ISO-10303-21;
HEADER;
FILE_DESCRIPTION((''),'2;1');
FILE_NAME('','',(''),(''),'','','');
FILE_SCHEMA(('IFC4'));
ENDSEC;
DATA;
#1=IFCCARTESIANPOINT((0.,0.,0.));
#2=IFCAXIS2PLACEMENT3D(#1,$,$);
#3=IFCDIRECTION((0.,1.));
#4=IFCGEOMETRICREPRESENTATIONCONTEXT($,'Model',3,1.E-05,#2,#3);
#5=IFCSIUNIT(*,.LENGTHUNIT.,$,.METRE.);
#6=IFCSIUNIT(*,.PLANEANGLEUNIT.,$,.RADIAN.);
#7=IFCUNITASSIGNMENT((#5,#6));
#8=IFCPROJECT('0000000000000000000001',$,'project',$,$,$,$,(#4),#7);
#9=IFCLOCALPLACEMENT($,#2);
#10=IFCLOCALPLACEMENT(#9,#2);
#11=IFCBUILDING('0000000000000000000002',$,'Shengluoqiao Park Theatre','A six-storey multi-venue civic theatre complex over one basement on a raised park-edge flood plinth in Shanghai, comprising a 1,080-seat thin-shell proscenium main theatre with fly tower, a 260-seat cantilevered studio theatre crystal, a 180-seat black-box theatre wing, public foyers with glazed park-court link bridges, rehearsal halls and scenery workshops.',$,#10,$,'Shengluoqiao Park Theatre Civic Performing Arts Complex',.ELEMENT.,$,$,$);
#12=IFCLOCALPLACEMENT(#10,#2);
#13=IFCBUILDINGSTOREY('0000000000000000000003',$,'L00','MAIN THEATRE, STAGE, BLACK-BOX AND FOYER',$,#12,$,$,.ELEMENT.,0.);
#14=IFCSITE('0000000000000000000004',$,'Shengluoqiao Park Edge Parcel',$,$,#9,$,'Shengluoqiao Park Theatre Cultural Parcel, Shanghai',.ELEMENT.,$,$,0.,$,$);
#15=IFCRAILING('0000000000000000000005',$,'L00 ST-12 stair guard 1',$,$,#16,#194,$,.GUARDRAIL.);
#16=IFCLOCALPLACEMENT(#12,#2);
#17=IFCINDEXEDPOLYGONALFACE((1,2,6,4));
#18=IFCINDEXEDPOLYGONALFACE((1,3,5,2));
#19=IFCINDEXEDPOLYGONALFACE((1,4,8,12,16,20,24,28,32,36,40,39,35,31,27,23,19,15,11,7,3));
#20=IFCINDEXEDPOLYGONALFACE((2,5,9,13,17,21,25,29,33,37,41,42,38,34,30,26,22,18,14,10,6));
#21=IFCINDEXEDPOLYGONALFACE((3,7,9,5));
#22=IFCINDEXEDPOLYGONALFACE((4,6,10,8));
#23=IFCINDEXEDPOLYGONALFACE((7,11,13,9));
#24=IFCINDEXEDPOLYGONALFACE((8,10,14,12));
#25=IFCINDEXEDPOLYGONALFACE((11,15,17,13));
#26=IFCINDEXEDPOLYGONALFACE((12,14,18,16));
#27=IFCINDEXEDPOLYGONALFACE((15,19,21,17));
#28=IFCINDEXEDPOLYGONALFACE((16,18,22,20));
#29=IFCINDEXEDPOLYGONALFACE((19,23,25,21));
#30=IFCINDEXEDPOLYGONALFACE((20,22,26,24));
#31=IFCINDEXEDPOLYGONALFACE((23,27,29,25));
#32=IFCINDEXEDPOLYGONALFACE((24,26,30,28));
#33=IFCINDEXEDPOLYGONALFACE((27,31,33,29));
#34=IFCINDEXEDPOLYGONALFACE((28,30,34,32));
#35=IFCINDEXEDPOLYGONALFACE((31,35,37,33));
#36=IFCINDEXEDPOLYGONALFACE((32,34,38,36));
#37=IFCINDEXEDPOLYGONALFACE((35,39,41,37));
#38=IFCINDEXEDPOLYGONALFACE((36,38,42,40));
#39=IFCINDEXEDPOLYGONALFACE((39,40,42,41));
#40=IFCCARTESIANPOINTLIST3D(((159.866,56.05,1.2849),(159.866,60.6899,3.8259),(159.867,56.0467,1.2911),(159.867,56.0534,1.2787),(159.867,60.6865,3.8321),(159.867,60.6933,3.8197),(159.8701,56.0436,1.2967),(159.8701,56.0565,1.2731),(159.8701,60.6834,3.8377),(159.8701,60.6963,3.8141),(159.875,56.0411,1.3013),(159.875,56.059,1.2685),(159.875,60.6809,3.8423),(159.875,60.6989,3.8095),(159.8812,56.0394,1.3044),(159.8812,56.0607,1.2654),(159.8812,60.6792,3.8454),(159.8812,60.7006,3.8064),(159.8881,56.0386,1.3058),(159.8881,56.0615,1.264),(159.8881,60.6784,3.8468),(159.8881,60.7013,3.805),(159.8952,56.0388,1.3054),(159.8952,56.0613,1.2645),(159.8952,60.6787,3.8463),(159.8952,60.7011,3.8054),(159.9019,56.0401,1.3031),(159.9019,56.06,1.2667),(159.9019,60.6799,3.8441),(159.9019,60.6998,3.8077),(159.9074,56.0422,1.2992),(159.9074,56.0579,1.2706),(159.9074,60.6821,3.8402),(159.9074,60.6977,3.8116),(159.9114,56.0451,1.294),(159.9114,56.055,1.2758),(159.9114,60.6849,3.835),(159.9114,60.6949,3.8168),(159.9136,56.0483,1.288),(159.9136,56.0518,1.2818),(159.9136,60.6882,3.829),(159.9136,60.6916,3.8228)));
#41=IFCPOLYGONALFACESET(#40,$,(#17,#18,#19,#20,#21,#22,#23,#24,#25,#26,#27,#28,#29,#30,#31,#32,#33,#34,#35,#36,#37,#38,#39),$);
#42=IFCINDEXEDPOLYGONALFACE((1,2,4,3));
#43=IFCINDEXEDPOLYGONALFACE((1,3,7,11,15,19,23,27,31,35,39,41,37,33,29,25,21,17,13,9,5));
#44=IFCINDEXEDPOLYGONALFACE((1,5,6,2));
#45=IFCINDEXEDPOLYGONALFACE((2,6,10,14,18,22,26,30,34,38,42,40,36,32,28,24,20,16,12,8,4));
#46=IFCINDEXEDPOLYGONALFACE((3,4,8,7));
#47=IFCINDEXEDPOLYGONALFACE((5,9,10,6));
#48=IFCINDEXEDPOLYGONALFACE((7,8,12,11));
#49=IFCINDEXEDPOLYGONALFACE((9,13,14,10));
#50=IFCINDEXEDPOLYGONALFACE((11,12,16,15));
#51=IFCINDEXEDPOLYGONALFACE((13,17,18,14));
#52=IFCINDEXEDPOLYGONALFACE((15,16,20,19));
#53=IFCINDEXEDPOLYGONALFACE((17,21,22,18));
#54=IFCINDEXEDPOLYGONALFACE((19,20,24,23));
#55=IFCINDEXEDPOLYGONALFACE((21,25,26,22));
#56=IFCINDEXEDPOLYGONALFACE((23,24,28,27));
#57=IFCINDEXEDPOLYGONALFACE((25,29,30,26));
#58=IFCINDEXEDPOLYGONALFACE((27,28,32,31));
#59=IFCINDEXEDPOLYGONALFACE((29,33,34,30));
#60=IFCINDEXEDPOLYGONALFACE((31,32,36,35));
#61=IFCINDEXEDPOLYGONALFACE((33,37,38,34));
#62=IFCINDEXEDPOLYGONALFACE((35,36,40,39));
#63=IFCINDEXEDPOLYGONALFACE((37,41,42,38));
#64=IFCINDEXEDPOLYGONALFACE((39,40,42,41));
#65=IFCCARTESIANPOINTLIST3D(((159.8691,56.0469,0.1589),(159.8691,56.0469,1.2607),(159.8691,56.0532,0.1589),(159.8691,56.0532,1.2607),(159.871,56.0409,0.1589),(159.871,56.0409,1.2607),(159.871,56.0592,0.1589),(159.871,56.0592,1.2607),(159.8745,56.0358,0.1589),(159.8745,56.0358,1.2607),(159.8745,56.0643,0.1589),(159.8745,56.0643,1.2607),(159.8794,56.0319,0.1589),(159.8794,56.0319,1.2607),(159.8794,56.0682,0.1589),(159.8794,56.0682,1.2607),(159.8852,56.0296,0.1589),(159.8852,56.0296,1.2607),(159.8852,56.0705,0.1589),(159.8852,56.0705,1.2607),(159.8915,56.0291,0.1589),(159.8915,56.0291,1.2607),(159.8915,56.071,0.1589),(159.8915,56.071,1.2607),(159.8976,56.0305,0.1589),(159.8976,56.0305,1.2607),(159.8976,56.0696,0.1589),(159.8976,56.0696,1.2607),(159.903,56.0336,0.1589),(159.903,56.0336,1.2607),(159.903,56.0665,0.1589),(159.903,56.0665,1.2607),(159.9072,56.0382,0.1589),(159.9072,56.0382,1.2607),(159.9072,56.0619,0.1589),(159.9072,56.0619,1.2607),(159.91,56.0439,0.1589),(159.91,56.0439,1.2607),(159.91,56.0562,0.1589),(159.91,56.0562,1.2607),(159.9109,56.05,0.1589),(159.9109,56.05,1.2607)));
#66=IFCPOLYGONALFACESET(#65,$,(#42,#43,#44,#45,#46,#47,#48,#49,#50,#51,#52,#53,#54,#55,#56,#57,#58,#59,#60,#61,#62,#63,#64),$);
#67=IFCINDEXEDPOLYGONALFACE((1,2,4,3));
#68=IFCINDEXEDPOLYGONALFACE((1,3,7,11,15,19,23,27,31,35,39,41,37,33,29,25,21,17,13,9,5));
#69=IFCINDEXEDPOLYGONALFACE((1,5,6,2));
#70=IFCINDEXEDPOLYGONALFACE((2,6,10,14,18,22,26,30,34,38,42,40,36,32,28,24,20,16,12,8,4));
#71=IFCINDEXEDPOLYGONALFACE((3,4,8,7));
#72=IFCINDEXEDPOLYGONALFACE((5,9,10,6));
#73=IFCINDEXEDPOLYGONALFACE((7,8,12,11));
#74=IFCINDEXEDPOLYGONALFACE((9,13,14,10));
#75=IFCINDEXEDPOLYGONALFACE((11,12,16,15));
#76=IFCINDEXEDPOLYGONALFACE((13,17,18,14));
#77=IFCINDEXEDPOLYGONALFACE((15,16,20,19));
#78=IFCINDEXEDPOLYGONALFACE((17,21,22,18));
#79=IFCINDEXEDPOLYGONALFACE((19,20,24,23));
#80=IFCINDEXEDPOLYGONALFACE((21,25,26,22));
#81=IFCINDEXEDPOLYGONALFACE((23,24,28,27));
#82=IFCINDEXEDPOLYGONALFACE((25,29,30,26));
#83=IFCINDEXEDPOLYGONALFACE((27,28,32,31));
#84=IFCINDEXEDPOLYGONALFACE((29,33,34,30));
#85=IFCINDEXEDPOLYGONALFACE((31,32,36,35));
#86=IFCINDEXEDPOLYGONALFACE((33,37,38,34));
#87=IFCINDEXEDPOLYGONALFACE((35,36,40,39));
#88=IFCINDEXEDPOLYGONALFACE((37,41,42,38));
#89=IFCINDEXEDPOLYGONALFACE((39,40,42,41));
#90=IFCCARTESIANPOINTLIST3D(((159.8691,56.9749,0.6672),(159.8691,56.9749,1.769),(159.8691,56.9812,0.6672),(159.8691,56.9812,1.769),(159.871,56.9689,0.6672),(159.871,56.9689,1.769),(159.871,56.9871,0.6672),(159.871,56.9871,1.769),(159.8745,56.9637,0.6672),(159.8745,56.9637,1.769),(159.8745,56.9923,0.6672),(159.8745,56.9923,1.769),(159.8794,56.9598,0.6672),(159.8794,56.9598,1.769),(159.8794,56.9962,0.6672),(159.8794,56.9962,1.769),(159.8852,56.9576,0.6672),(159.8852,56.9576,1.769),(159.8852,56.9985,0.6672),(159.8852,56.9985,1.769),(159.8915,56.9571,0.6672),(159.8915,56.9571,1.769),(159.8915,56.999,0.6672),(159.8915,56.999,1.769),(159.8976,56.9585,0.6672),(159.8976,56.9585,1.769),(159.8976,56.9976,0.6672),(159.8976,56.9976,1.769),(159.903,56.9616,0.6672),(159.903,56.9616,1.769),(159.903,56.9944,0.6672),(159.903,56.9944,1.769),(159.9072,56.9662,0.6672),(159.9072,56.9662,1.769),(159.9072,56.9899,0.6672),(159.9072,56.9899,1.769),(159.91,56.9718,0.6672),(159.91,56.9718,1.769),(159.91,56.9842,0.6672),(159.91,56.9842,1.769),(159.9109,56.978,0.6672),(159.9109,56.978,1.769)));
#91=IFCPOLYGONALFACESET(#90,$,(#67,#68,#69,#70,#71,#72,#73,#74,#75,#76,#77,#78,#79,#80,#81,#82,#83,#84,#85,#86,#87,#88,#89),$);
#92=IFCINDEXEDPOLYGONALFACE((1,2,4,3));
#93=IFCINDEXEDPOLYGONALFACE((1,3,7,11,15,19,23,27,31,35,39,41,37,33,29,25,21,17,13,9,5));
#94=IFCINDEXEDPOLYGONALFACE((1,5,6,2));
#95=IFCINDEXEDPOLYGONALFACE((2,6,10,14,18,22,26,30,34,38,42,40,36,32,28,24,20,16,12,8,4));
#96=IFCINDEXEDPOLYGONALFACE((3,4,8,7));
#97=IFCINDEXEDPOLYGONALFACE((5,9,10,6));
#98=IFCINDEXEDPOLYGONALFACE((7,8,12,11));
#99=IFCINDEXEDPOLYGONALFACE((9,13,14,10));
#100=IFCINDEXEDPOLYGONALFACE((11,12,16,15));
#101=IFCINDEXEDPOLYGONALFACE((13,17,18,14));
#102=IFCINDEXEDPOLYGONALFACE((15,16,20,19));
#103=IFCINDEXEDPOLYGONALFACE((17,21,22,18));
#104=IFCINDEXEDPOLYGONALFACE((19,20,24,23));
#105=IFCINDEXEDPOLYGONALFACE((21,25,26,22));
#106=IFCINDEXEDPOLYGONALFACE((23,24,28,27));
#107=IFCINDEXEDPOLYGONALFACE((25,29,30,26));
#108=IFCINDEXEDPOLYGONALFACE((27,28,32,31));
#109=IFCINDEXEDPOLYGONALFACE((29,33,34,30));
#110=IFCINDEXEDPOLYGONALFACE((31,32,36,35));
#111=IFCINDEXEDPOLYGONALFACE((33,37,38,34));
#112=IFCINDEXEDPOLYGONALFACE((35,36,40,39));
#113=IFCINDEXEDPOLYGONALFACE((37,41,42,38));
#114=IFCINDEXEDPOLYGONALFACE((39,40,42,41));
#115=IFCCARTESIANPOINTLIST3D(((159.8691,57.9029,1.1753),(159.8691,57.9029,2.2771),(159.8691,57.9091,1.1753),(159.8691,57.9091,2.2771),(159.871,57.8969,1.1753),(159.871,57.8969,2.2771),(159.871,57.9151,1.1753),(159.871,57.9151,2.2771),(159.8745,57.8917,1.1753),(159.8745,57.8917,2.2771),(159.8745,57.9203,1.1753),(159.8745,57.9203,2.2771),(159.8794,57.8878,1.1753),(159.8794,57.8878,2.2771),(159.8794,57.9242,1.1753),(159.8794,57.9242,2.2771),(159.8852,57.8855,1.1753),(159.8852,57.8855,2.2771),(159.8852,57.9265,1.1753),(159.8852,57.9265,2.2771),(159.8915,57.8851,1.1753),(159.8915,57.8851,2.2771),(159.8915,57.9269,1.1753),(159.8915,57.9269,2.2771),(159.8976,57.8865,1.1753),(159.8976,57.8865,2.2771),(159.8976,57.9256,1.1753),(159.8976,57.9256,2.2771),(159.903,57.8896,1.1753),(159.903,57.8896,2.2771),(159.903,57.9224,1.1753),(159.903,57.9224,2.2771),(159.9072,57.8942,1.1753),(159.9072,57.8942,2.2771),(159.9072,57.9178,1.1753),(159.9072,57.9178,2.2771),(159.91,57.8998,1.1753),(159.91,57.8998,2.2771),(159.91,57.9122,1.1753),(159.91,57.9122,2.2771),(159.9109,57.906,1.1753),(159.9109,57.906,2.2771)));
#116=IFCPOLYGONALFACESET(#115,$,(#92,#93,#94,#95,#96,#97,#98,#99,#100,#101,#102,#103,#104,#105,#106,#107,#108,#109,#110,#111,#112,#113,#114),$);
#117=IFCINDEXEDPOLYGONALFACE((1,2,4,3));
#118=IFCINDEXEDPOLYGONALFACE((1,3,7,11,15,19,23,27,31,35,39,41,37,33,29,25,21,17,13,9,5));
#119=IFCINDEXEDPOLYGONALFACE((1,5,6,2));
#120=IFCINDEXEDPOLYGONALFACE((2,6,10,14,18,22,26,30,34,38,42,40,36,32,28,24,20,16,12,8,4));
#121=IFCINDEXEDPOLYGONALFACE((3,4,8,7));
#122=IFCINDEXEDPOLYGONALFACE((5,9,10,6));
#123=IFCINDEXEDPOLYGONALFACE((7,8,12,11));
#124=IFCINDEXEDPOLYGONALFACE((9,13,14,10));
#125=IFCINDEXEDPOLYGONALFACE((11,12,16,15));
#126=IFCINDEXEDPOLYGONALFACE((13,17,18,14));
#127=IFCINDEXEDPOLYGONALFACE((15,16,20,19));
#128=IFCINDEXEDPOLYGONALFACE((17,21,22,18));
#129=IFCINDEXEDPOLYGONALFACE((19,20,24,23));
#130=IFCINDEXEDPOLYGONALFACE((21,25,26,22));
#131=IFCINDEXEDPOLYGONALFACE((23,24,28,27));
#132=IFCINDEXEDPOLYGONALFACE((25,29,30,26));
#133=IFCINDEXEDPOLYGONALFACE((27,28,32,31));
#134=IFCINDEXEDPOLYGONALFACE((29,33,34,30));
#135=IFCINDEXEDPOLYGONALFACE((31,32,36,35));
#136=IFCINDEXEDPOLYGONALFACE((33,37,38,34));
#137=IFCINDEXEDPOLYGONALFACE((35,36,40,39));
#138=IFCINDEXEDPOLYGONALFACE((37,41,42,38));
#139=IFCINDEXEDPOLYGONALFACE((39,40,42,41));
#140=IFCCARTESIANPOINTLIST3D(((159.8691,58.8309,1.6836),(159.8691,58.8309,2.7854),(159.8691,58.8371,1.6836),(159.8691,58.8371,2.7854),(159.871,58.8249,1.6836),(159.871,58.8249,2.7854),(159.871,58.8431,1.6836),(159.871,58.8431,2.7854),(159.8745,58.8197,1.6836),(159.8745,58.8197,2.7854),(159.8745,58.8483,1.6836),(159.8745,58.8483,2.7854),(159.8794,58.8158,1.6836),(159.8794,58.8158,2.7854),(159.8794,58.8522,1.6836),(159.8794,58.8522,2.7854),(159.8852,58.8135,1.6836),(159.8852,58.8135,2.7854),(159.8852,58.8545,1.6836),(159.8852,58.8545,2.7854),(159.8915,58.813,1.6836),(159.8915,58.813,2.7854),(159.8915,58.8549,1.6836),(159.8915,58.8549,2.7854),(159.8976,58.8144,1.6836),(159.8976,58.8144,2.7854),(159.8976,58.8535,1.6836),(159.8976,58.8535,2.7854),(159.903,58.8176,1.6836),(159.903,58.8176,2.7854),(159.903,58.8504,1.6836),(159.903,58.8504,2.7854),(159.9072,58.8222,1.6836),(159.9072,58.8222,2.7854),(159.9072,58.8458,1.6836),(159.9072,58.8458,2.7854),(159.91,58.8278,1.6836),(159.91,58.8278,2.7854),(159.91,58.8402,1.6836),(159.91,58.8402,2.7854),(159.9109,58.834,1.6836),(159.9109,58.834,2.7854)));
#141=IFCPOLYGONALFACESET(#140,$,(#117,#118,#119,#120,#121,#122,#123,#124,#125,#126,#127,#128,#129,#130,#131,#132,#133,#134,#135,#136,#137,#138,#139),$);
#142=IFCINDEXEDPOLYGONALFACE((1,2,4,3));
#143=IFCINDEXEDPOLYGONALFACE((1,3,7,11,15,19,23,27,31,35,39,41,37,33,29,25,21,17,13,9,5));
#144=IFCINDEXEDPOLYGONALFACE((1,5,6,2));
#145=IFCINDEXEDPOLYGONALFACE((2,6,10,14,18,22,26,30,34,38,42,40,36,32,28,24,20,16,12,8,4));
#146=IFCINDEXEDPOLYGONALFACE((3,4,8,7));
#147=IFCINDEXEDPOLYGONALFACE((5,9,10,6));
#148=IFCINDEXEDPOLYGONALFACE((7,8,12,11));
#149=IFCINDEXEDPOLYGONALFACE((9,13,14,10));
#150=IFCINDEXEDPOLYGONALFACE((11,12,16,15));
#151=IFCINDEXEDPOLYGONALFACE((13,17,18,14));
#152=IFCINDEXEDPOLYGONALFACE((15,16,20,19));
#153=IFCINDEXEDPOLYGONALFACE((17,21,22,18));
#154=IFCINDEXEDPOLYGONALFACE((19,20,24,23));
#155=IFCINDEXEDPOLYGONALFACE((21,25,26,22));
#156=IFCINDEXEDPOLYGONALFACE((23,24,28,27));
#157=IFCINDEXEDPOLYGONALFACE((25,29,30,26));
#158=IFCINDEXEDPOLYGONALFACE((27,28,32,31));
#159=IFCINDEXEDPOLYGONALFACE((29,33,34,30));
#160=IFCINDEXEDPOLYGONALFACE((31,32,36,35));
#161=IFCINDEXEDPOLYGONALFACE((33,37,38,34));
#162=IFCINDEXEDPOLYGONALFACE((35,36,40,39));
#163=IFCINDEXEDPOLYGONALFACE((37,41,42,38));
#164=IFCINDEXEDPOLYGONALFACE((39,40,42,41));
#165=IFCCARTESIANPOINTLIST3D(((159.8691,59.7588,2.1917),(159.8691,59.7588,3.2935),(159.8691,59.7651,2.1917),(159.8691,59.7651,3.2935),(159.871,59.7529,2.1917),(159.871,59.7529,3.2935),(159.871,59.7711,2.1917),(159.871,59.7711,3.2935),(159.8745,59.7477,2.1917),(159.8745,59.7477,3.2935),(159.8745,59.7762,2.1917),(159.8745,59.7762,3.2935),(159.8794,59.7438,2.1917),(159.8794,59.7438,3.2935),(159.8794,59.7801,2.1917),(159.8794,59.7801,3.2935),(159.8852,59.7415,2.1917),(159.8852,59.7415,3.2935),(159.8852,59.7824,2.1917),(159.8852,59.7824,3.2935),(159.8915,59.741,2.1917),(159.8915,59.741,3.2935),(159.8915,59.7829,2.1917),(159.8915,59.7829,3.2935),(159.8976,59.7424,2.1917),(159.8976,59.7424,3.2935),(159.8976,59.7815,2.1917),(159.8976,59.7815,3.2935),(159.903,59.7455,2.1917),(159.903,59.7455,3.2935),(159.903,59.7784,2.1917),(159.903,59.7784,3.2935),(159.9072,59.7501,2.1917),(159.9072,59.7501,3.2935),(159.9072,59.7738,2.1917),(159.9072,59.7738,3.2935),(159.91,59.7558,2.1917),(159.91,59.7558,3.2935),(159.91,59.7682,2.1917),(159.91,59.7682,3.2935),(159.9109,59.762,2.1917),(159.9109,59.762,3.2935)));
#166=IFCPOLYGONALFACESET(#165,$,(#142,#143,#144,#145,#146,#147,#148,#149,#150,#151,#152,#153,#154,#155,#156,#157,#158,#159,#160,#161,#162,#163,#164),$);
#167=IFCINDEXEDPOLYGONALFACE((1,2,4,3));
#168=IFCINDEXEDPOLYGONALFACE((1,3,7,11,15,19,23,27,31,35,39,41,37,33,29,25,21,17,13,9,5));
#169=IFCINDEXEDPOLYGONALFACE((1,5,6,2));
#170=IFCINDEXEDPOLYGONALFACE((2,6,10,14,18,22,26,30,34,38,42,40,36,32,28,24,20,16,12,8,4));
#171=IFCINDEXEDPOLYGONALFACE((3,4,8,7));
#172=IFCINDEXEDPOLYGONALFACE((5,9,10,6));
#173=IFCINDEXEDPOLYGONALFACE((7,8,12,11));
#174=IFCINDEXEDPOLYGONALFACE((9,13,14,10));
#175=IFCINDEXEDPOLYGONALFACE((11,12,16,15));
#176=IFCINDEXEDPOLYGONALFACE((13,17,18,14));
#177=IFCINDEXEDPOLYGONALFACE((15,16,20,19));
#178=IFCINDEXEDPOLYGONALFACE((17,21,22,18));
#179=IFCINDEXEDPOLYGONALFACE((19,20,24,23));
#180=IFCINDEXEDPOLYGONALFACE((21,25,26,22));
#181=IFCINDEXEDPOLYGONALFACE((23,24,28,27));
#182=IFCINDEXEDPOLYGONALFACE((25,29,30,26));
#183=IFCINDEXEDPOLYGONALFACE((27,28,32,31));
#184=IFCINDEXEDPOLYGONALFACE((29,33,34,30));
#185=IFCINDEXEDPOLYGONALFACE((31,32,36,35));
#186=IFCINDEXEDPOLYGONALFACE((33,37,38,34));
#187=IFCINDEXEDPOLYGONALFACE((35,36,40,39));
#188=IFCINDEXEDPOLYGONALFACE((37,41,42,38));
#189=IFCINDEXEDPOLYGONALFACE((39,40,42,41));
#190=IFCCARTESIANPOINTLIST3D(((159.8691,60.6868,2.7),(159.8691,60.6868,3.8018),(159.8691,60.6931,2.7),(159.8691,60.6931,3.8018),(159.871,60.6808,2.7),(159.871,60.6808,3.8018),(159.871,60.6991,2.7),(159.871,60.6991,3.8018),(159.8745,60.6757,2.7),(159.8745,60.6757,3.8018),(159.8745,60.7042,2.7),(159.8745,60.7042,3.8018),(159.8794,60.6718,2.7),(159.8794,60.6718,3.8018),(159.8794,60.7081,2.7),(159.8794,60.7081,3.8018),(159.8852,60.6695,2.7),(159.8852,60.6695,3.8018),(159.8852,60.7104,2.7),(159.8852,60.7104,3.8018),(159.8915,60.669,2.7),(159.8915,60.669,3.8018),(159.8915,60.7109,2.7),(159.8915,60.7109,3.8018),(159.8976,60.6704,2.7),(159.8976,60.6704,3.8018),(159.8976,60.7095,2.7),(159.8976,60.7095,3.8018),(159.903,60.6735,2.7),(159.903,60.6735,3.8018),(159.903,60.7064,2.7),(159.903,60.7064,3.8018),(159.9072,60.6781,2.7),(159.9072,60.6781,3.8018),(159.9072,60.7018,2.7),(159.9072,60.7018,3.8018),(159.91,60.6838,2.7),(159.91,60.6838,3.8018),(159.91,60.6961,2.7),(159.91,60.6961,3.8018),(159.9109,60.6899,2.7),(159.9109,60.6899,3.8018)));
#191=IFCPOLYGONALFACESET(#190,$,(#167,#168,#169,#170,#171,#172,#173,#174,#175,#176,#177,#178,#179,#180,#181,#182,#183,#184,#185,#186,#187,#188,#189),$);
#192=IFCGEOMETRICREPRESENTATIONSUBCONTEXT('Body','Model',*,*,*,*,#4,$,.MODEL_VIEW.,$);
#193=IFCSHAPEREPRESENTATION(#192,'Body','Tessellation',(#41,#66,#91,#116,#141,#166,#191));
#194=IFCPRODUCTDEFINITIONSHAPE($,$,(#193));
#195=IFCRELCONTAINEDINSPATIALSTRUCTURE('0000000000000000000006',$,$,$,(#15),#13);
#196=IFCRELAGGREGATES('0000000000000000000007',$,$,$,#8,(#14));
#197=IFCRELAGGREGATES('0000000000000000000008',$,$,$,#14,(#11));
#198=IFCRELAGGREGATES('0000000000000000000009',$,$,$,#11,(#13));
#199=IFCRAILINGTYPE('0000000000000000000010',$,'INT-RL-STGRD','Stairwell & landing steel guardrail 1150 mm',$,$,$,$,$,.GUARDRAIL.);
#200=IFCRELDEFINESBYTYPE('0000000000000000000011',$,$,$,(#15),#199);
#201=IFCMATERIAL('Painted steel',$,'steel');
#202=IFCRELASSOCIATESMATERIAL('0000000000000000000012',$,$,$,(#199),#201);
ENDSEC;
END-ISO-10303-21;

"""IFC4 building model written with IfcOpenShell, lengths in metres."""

from ifc_helpers import new_model, si_unit, direction, frame, origin, origin_2d, place, context, subcontext, project, spatial, circle, extrude, material, type_object, element, save


model = new_model("IFC4")

# Units and contexts
model_context = context("Model", 3, precision=1e-05, world=origin(), true_north=direction((0.0, 1.0)))
body_context = subcontext(model_context, "Body", "Model", "MODEL_VIEW")
ifc_project = project(units=[si_unit("LENGTHUNIT", "METRE"), si_unit("PLANEANGLEUNIT", "RADIAN")], contexts=[model_context])

# Site, building, storey
site_placement = place(None, origin())
site = spatial("IfcSite", under=ifc_project, at=site_placement, Name="Shengluoqiao Park Edge Parcel", LongName="Shengluoqiao Park Theatre Cultural Parcel, Shanghai", CompositionType="ELEMENT", RefElevation=0.0)
building_placement = place(site_placement, origin())
building = spatial("IfcBuilding", under=site, at=building_placement, Name="Shengluoqiao Park Theatre", Description="A six-storey multi-venue civic theatre complex over one basement on a raised park-edge flood plinth in Shanghai, comprising a 1,080-seat thin-shell proscenium main theatre with fly tower, a 260-seat cantilevered studio theatre crystal, a 180-seat black-box theatre wing, public foyers with glazed park-court link bridges, rehearsal halls and scenery workshops.", LongName="Shengluoqiao Park Theatre Civic Performing Arts Complex", CompositionType="ELEMENT")
storey_placement = place(building_placement, origin())
storey = spatial("IfcBuildingStorey", under=building, at=storey_placement, Name="L00", Description="MAIN THEATRE, STAGE, BLACK-BOX AND FOYER", CompositionType="ELEMENT", Elevation=0.0)

# Railing
ifc_material_1 = material(Name="Painted steel", Category="steel")
railing_type_1 = type_object("IfcRailingType", Name="INT-RL-STGRD", Description="Stairwell & landing steel guardrail 1150 mm", PredefinedType="GUARDRAIL", material=ifc_material_1)
railing_1_placement = place(storey_placement, frame((159.8899, 56.05, 0.1589)))
element("IfcRailing", 1, at=railing_1_placement, inside=storey, type_object=railing_type_1, Name="L00 ST-12 stair guard 1", PredefinedType="GUARDRAIL", context=body_context, shape_type="SweptSolid", body=[
    extrude(circle(Radius=0.0239, at=origin_2d()), frame((0.0, 0.0, 1.126), z_axis=(0.0, 0.877087, 0.480332), x_axis=(-1.0, 0.0, 0.0)), (0.0, 0.0, 1.0), 5.29),
    extrude(circle(Radius=0.021, at=origin_2d()), origin(), (0.0, 0.0, 1.0), 1.1018),
    extrude(circle(Radius=0.021, at=origin_2d()), frame((0.0, 0.928, 0.5083)), (0.0, 0.0, 1.0), 1.1018),
    extrude(circle(Radius=0.021, at=origin_2d()), frame((0.0, 1.856, 1.0164)), (0.0, 0.0, 1.0), 1.1018),
    extrude(circle(Radius=0.021, at=origin_2d()), frame((0.0, 2.7839, 1.5247)), (0.0, 0.0, 1.0), 1.1018),
    extrude(circle(Radius=0.021, at=origin_2d()), frame((0.0, 3.7119, 2.0327)), (0.0, 0.0, 1.0), 1.1018),
    extrude(circle(Radius=0.021, at=origin_2d()), frame((0.0, 4.6399, 2.541)), (0.0, 0.0, 1.0), 1.1018),
])

save(model, "model.ifc")
